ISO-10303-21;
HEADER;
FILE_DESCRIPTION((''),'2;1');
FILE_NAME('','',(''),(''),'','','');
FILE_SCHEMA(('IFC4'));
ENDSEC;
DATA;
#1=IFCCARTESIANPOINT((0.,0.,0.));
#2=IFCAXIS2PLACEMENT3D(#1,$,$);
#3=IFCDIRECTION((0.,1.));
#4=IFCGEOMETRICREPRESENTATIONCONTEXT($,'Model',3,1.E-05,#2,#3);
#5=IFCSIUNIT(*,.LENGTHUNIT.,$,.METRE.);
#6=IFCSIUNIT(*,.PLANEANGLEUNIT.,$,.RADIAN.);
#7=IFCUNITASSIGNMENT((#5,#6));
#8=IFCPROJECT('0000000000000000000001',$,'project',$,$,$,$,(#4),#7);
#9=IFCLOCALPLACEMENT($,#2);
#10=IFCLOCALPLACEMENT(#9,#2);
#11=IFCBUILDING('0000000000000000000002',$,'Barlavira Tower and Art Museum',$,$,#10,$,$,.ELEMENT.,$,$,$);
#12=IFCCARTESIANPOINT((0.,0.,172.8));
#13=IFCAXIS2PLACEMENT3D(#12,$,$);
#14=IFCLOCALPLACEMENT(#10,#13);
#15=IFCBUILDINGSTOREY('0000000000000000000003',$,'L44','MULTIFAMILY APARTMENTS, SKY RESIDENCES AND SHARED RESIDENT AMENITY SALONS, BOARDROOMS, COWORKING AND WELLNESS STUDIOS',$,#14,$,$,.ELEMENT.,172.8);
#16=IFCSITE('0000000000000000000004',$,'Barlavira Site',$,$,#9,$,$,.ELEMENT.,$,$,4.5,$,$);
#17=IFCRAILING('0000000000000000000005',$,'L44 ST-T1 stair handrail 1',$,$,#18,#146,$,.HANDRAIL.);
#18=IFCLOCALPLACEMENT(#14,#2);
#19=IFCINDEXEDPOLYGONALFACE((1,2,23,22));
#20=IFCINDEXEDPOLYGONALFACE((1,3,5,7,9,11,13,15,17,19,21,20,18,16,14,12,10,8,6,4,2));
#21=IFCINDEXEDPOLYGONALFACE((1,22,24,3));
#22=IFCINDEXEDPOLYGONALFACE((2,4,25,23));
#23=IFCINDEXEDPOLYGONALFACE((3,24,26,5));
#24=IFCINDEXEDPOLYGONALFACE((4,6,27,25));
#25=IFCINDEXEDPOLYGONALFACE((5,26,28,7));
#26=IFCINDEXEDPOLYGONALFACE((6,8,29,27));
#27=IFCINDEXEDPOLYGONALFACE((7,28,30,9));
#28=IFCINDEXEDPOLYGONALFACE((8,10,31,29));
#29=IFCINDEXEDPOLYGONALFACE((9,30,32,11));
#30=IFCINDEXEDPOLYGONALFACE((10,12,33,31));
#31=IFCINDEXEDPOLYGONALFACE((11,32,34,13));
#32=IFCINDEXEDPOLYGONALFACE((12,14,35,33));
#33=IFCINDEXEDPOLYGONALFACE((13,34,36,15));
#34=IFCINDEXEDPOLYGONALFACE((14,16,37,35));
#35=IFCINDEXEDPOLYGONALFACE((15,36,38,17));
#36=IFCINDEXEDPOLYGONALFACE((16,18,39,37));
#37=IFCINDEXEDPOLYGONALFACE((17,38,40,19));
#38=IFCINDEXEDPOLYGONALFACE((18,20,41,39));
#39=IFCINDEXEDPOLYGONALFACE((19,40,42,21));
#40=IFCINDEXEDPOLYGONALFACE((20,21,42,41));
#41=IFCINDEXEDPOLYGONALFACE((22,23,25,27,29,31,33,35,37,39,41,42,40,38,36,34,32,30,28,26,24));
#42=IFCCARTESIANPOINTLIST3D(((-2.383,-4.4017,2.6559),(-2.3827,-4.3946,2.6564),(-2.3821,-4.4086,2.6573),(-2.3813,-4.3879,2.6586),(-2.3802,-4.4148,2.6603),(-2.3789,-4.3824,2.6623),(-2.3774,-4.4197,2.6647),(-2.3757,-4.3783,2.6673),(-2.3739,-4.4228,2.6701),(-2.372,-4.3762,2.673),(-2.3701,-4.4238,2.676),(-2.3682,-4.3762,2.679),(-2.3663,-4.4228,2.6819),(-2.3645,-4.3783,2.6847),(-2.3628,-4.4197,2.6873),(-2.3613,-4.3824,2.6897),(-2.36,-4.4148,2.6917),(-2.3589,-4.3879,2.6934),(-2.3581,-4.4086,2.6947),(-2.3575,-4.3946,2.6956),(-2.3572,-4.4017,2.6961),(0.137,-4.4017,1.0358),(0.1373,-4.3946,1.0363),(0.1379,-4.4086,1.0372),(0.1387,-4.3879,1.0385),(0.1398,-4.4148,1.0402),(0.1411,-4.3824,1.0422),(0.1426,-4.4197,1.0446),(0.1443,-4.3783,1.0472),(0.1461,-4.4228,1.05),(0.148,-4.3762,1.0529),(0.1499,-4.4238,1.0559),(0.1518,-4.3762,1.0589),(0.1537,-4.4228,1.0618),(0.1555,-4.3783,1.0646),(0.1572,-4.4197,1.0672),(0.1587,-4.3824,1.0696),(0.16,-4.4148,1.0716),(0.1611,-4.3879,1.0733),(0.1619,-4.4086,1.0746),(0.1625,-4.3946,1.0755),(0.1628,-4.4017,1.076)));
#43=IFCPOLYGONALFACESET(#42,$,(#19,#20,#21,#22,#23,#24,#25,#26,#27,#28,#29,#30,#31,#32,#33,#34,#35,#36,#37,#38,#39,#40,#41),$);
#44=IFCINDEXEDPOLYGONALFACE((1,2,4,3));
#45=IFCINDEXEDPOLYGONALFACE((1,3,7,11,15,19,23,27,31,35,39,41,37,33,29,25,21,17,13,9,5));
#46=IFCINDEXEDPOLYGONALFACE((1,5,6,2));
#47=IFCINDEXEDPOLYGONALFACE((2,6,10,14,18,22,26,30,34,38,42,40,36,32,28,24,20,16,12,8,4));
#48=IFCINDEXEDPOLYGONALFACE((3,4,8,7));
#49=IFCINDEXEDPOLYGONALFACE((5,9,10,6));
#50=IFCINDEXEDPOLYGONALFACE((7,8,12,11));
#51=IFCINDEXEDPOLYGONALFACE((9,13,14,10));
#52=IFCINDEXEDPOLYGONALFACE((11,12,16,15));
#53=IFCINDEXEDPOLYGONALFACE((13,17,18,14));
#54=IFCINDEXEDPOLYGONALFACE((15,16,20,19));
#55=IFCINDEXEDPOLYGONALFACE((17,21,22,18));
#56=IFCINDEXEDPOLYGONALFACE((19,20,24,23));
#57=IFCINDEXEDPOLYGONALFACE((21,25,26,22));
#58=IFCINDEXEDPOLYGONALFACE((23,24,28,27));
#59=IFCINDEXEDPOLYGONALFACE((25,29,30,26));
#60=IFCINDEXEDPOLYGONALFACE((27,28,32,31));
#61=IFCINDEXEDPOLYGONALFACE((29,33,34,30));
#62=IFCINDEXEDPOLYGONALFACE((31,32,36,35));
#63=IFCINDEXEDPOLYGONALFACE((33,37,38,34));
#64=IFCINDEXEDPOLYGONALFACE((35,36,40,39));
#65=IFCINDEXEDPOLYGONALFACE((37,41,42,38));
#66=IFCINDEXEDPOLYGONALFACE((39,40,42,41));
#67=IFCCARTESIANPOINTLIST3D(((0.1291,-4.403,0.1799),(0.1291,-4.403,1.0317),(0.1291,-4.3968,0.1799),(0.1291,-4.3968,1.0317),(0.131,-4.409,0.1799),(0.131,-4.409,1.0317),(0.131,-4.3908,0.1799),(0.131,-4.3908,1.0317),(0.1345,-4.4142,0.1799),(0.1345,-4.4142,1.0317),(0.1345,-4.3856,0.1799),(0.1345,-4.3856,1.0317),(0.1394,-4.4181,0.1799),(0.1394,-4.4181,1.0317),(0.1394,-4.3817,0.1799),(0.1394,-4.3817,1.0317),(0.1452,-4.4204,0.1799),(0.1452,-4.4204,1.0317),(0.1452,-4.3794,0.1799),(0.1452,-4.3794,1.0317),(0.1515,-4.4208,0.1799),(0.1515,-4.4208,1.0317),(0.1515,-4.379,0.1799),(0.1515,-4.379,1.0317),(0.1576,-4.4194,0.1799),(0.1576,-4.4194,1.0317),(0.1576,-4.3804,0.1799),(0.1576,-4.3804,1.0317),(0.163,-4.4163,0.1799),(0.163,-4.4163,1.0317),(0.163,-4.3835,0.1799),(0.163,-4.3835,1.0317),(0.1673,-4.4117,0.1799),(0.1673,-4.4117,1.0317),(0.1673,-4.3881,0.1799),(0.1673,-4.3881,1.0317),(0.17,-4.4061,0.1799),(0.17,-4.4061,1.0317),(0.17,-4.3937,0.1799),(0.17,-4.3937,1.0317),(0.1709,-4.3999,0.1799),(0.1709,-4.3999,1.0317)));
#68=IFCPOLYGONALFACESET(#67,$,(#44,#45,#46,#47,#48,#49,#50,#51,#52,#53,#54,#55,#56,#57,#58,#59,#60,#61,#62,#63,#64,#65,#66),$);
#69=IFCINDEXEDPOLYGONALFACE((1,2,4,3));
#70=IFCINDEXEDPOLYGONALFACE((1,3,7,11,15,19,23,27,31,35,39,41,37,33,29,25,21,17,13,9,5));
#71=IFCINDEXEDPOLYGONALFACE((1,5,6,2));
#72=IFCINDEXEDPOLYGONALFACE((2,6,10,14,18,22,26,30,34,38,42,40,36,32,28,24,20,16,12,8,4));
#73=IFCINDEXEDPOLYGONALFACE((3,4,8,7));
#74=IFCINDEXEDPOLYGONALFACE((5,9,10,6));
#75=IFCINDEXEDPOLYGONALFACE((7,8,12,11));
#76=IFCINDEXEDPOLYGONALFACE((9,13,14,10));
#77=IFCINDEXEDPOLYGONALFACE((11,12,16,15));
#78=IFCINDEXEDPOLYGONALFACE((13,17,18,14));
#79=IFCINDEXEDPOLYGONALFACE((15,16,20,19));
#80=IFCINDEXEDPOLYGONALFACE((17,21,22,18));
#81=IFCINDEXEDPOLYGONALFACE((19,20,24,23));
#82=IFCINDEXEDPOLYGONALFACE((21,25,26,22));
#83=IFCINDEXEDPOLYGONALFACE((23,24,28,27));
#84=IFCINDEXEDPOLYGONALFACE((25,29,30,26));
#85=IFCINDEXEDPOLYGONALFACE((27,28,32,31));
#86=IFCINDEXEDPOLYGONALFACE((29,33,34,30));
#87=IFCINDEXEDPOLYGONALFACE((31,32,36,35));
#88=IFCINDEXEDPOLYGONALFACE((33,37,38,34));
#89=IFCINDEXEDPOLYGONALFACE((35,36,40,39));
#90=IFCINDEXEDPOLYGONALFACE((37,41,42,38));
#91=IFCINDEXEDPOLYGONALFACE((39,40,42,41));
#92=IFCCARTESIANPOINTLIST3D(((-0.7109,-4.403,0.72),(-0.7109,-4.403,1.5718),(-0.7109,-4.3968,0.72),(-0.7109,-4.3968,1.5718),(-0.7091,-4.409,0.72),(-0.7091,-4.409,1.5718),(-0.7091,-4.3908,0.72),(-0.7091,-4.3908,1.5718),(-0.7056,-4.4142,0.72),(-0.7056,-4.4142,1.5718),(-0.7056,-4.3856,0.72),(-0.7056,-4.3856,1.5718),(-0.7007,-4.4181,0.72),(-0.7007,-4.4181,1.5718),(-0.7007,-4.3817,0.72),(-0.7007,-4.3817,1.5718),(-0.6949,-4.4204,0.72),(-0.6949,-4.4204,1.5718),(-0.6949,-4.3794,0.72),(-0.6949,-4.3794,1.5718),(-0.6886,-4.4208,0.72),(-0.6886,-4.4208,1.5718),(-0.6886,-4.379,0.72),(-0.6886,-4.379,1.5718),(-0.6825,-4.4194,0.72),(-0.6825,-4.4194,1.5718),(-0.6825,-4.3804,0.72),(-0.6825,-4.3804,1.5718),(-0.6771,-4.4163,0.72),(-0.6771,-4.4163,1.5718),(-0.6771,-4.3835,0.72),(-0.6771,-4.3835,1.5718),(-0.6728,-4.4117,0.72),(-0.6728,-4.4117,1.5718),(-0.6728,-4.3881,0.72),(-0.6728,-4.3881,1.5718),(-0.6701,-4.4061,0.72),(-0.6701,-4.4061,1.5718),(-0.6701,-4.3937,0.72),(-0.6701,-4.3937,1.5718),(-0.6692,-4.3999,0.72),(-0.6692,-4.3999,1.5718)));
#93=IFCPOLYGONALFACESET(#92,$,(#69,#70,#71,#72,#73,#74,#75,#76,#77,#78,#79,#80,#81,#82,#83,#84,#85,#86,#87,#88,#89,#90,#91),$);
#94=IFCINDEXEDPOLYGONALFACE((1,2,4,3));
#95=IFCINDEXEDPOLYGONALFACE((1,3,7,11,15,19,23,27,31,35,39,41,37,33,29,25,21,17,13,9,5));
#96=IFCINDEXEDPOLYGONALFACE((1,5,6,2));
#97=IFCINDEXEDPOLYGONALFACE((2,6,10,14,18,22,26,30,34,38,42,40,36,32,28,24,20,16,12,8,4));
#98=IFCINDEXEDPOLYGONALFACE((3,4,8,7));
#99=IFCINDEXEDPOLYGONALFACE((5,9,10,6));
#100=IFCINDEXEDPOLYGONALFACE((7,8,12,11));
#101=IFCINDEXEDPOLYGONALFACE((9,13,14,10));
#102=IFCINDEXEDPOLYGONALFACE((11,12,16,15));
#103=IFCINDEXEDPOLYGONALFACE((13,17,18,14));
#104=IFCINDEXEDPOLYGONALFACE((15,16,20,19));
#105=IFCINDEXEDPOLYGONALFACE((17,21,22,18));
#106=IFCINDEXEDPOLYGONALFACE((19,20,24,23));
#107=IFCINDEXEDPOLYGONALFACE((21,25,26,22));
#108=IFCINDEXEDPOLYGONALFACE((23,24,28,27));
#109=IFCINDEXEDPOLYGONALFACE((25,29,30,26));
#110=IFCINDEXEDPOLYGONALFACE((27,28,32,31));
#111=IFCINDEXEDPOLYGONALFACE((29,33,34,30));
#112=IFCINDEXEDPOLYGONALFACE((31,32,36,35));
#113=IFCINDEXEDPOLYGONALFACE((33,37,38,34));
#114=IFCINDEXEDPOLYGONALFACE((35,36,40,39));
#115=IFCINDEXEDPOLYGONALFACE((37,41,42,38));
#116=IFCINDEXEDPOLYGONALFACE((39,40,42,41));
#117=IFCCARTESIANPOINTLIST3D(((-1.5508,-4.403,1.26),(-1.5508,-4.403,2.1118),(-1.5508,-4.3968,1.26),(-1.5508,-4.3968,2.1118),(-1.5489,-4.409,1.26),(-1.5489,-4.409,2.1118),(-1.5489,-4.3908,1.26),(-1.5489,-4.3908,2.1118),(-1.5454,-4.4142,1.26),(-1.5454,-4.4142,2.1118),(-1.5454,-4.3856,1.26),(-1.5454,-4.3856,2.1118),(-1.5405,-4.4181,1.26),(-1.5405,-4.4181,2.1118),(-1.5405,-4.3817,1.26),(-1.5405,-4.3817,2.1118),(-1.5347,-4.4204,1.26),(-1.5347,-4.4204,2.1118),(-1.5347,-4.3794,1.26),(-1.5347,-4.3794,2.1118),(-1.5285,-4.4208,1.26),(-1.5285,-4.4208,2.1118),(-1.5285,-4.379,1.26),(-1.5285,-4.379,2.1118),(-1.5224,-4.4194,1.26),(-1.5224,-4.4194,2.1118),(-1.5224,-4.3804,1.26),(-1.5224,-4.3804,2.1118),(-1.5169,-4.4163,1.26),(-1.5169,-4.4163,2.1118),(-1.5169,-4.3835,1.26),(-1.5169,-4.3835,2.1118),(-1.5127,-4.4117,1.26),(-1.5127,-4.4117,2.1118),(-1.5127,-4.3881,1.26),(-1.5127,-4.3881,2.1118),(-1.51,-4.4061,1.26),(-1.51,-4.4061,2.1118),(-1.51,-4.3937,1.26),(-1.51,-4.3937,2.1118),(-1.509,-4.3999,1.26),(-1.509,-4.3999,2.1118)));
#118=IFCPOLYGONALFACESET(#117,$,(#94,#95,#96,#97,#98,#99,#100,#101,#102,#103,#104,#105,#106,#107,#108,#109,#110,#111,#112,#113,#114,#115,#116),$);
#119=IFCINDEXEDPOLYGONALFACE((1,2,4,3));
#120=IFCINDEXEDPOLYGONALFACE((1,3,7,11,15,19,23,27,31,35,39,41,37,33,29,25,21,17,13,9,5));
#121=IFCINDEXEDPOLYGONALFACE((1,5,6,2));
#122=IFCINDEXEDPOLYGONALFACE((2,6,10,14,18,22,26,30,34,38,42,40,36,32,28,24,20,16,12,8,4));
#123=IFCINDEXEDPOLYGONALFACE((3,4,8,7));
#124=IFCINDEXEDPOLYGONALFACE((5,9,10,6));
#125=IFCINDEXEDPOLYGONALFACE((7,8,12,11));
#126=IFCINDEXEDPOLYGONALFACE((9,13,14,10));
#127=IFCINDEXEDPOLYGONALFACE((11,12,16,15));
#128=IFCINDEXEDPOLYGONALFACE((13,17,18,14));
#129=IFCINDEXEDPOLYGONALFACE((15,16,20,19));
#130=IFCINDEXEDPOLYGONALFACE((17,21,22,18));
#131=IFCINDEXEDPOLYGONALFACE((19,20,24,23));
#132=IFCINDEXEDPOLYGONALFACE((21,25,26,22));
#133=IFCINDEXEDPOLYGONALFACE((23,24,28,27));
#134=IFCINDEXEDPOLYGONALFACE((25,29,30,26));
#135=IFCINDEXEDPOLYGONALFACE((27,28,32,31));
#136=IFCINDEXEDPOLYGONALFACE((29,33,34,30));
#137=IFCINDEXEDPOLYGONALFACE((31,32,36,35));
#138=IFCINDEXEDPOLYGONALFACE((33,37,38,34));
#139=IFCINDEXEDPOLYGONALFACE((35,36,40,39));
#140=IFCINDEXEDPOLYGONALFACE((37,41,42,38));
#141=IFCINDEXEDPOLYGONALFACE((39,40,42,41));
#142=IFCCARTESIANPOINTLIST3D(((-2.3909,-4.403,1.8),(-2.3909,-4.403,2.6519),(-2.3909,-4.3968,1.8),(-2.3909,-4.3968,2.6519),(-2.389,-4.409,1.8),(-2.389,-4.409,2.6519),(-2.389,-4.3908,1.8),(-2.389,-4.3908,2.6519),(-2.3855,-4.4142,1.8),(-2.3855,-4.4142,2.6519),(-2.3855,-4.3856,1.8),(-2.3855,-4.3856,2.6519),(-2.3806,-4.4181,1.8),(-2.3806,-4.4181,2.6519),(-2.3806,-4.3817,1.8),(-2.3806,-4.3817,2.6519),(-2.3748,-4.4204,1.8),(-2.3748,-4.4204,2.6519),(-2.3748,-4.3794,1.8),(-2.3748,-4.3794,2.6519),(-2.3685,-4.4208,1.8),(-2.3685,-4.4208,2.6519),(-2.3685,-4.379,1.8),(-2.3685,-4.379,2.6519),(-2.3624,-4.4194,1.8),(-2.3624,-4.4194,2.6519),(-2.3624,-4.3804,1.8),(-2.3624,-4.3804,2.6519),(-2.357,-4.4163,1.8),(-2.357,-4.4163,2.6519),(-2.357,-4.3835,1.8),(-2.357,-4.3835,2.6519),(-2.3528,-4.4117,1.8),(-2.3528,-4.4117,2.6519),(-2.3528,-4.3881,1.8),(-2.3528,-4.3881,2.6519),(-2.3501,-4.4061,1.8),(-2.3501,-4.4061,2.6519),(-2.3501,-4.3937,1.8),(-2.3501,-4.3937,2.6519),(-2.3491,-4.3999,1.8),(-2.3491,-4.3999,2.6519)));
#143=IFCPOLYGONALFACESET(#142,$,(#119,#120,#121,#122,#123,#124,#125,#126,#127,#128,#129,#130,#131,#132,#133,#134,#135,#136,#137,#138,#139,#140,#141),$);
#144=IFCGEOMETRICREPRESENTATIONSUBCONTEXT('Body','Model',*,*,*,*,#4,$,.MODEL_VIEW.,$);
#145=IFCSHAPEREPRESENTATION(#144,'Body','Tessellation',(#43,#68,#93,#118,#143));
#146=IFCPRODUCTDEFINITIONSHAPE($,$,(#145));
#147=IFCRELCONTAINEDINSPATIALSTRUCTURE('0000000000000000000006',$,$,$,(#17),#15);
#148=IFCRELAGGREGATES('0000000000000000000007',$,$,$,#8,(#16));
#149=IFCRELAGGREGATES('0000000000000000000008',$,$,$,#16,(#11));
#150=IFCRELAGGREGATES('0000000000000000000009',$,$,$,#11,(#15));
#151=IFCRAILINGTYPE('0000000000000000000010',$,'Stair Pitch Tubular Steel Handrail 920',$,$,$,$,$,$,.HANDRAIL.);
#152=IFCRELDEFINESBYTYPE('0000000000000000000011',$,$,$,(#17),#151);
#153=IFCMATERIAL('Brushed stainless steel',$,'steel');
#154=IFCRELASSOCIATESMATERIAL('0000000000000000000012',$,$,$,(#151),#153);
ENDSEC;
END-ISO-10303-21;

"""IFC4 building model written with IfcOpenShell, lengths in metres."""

from ifc_helpers import new_model, si_unit, direction, frame, origin, origin_2d, place, context, subcontext, project, spatial, circle, extrude, material, type_object, element, save


model = new_model("IFC4")

# Units and contexts
model_context = context("Model", 3, precision=1e-05, world=origin(), true_north=direction((0.0, 1.0)))
body_context = subcontext(model_context, "Body", "Model", "MODEL_VIEW")
ifc_project = project(units=[si_unit("LENGTHUNIT", "METRE"), si_unit("PLANEANGLEUNIT", "RADIAN")], contexts=[model_context])

# Site, building, storey
site_placement = place(None, origin())
site = spatial("IfcSite", under=ifc_project, at=site_placement, Name="Barlavira Site", CompositionType="ELEMENT", RefElevation=4.5)
building_placement = place(site_placement, origin())
building = spatial("IfcBuilding", under=site, at=building_placement, Name="Barlavira Tower and Art Museum", CompositionType="ELEMENT")
storey_placement = place(building_placement, frame((0.0, 0.0, 172.8)))
storey = spatial("IfcBuildingStorey", under=building, at=storey_placement, Name="L44", Description="MULTIFAMILY APARTMENTS, SKY RESIDENCES AND SHARED RESIDENT AMENITY SALONS, BOARDROOMS, COWORKING AND WELLNESS STUDIOS", CompositionType="ELEMENT", Elevation=172.8)

# Shared definitions
ifc_material_1 = material(Name="Brushed stainless steel", Category="steel")

# Railing
railing_type_1 = type_object("IfcRailingType", Name="Stair Pitch Tubular Steel Handrail 920", PredefinedType="HANDRAIL", material=ifc_material_1)
railing_1_placement = place(storey_placement, frame((0.1499, -4.3999, 0.1799)))
element("IfcRailing", 1, at=railing_1_placement, inside=storey, type_object=railing_type_1, Name="L44 ST-T1 stair handrail 1", PredefinedType="HANDRAIL", context=body_context, shape_type="SweptSolid", body=[
    extrude(circle(Radius=0.0239, at=origin_2d()), frame((0.0, 0.0, 0.876), z_axis=(-0.841163, 0.0, 0.540782), x_axis=(0.0, -1.0, 0.0)), (0.0, 0.0, 1.0), 2.9958),
    extrude(circle(Radius=0.021, at=origin_2d()), origin(), (0.0, 0.0, 1.0), 0.8518),
    extrude(circle(Radius=0.021, at=origin_2d()), frame((-0.8401, 0.0, 0.54)), (0.0, 0.0, 1.0), 0.8518),
    extrude(circle(Radius=0.021, at=origin_2d()), frame((-1.6799, 0.0, 1.0801)), (0.0, 0.0, 1.0), 0.8518),
    extrude(circle(Radius=0.021, at=origin_2d()), frame((-2.52, 0.0, 1.6201)), (0.0, 0.0, 1.0), 0.8518),
])

save(model, "model.ifc")
